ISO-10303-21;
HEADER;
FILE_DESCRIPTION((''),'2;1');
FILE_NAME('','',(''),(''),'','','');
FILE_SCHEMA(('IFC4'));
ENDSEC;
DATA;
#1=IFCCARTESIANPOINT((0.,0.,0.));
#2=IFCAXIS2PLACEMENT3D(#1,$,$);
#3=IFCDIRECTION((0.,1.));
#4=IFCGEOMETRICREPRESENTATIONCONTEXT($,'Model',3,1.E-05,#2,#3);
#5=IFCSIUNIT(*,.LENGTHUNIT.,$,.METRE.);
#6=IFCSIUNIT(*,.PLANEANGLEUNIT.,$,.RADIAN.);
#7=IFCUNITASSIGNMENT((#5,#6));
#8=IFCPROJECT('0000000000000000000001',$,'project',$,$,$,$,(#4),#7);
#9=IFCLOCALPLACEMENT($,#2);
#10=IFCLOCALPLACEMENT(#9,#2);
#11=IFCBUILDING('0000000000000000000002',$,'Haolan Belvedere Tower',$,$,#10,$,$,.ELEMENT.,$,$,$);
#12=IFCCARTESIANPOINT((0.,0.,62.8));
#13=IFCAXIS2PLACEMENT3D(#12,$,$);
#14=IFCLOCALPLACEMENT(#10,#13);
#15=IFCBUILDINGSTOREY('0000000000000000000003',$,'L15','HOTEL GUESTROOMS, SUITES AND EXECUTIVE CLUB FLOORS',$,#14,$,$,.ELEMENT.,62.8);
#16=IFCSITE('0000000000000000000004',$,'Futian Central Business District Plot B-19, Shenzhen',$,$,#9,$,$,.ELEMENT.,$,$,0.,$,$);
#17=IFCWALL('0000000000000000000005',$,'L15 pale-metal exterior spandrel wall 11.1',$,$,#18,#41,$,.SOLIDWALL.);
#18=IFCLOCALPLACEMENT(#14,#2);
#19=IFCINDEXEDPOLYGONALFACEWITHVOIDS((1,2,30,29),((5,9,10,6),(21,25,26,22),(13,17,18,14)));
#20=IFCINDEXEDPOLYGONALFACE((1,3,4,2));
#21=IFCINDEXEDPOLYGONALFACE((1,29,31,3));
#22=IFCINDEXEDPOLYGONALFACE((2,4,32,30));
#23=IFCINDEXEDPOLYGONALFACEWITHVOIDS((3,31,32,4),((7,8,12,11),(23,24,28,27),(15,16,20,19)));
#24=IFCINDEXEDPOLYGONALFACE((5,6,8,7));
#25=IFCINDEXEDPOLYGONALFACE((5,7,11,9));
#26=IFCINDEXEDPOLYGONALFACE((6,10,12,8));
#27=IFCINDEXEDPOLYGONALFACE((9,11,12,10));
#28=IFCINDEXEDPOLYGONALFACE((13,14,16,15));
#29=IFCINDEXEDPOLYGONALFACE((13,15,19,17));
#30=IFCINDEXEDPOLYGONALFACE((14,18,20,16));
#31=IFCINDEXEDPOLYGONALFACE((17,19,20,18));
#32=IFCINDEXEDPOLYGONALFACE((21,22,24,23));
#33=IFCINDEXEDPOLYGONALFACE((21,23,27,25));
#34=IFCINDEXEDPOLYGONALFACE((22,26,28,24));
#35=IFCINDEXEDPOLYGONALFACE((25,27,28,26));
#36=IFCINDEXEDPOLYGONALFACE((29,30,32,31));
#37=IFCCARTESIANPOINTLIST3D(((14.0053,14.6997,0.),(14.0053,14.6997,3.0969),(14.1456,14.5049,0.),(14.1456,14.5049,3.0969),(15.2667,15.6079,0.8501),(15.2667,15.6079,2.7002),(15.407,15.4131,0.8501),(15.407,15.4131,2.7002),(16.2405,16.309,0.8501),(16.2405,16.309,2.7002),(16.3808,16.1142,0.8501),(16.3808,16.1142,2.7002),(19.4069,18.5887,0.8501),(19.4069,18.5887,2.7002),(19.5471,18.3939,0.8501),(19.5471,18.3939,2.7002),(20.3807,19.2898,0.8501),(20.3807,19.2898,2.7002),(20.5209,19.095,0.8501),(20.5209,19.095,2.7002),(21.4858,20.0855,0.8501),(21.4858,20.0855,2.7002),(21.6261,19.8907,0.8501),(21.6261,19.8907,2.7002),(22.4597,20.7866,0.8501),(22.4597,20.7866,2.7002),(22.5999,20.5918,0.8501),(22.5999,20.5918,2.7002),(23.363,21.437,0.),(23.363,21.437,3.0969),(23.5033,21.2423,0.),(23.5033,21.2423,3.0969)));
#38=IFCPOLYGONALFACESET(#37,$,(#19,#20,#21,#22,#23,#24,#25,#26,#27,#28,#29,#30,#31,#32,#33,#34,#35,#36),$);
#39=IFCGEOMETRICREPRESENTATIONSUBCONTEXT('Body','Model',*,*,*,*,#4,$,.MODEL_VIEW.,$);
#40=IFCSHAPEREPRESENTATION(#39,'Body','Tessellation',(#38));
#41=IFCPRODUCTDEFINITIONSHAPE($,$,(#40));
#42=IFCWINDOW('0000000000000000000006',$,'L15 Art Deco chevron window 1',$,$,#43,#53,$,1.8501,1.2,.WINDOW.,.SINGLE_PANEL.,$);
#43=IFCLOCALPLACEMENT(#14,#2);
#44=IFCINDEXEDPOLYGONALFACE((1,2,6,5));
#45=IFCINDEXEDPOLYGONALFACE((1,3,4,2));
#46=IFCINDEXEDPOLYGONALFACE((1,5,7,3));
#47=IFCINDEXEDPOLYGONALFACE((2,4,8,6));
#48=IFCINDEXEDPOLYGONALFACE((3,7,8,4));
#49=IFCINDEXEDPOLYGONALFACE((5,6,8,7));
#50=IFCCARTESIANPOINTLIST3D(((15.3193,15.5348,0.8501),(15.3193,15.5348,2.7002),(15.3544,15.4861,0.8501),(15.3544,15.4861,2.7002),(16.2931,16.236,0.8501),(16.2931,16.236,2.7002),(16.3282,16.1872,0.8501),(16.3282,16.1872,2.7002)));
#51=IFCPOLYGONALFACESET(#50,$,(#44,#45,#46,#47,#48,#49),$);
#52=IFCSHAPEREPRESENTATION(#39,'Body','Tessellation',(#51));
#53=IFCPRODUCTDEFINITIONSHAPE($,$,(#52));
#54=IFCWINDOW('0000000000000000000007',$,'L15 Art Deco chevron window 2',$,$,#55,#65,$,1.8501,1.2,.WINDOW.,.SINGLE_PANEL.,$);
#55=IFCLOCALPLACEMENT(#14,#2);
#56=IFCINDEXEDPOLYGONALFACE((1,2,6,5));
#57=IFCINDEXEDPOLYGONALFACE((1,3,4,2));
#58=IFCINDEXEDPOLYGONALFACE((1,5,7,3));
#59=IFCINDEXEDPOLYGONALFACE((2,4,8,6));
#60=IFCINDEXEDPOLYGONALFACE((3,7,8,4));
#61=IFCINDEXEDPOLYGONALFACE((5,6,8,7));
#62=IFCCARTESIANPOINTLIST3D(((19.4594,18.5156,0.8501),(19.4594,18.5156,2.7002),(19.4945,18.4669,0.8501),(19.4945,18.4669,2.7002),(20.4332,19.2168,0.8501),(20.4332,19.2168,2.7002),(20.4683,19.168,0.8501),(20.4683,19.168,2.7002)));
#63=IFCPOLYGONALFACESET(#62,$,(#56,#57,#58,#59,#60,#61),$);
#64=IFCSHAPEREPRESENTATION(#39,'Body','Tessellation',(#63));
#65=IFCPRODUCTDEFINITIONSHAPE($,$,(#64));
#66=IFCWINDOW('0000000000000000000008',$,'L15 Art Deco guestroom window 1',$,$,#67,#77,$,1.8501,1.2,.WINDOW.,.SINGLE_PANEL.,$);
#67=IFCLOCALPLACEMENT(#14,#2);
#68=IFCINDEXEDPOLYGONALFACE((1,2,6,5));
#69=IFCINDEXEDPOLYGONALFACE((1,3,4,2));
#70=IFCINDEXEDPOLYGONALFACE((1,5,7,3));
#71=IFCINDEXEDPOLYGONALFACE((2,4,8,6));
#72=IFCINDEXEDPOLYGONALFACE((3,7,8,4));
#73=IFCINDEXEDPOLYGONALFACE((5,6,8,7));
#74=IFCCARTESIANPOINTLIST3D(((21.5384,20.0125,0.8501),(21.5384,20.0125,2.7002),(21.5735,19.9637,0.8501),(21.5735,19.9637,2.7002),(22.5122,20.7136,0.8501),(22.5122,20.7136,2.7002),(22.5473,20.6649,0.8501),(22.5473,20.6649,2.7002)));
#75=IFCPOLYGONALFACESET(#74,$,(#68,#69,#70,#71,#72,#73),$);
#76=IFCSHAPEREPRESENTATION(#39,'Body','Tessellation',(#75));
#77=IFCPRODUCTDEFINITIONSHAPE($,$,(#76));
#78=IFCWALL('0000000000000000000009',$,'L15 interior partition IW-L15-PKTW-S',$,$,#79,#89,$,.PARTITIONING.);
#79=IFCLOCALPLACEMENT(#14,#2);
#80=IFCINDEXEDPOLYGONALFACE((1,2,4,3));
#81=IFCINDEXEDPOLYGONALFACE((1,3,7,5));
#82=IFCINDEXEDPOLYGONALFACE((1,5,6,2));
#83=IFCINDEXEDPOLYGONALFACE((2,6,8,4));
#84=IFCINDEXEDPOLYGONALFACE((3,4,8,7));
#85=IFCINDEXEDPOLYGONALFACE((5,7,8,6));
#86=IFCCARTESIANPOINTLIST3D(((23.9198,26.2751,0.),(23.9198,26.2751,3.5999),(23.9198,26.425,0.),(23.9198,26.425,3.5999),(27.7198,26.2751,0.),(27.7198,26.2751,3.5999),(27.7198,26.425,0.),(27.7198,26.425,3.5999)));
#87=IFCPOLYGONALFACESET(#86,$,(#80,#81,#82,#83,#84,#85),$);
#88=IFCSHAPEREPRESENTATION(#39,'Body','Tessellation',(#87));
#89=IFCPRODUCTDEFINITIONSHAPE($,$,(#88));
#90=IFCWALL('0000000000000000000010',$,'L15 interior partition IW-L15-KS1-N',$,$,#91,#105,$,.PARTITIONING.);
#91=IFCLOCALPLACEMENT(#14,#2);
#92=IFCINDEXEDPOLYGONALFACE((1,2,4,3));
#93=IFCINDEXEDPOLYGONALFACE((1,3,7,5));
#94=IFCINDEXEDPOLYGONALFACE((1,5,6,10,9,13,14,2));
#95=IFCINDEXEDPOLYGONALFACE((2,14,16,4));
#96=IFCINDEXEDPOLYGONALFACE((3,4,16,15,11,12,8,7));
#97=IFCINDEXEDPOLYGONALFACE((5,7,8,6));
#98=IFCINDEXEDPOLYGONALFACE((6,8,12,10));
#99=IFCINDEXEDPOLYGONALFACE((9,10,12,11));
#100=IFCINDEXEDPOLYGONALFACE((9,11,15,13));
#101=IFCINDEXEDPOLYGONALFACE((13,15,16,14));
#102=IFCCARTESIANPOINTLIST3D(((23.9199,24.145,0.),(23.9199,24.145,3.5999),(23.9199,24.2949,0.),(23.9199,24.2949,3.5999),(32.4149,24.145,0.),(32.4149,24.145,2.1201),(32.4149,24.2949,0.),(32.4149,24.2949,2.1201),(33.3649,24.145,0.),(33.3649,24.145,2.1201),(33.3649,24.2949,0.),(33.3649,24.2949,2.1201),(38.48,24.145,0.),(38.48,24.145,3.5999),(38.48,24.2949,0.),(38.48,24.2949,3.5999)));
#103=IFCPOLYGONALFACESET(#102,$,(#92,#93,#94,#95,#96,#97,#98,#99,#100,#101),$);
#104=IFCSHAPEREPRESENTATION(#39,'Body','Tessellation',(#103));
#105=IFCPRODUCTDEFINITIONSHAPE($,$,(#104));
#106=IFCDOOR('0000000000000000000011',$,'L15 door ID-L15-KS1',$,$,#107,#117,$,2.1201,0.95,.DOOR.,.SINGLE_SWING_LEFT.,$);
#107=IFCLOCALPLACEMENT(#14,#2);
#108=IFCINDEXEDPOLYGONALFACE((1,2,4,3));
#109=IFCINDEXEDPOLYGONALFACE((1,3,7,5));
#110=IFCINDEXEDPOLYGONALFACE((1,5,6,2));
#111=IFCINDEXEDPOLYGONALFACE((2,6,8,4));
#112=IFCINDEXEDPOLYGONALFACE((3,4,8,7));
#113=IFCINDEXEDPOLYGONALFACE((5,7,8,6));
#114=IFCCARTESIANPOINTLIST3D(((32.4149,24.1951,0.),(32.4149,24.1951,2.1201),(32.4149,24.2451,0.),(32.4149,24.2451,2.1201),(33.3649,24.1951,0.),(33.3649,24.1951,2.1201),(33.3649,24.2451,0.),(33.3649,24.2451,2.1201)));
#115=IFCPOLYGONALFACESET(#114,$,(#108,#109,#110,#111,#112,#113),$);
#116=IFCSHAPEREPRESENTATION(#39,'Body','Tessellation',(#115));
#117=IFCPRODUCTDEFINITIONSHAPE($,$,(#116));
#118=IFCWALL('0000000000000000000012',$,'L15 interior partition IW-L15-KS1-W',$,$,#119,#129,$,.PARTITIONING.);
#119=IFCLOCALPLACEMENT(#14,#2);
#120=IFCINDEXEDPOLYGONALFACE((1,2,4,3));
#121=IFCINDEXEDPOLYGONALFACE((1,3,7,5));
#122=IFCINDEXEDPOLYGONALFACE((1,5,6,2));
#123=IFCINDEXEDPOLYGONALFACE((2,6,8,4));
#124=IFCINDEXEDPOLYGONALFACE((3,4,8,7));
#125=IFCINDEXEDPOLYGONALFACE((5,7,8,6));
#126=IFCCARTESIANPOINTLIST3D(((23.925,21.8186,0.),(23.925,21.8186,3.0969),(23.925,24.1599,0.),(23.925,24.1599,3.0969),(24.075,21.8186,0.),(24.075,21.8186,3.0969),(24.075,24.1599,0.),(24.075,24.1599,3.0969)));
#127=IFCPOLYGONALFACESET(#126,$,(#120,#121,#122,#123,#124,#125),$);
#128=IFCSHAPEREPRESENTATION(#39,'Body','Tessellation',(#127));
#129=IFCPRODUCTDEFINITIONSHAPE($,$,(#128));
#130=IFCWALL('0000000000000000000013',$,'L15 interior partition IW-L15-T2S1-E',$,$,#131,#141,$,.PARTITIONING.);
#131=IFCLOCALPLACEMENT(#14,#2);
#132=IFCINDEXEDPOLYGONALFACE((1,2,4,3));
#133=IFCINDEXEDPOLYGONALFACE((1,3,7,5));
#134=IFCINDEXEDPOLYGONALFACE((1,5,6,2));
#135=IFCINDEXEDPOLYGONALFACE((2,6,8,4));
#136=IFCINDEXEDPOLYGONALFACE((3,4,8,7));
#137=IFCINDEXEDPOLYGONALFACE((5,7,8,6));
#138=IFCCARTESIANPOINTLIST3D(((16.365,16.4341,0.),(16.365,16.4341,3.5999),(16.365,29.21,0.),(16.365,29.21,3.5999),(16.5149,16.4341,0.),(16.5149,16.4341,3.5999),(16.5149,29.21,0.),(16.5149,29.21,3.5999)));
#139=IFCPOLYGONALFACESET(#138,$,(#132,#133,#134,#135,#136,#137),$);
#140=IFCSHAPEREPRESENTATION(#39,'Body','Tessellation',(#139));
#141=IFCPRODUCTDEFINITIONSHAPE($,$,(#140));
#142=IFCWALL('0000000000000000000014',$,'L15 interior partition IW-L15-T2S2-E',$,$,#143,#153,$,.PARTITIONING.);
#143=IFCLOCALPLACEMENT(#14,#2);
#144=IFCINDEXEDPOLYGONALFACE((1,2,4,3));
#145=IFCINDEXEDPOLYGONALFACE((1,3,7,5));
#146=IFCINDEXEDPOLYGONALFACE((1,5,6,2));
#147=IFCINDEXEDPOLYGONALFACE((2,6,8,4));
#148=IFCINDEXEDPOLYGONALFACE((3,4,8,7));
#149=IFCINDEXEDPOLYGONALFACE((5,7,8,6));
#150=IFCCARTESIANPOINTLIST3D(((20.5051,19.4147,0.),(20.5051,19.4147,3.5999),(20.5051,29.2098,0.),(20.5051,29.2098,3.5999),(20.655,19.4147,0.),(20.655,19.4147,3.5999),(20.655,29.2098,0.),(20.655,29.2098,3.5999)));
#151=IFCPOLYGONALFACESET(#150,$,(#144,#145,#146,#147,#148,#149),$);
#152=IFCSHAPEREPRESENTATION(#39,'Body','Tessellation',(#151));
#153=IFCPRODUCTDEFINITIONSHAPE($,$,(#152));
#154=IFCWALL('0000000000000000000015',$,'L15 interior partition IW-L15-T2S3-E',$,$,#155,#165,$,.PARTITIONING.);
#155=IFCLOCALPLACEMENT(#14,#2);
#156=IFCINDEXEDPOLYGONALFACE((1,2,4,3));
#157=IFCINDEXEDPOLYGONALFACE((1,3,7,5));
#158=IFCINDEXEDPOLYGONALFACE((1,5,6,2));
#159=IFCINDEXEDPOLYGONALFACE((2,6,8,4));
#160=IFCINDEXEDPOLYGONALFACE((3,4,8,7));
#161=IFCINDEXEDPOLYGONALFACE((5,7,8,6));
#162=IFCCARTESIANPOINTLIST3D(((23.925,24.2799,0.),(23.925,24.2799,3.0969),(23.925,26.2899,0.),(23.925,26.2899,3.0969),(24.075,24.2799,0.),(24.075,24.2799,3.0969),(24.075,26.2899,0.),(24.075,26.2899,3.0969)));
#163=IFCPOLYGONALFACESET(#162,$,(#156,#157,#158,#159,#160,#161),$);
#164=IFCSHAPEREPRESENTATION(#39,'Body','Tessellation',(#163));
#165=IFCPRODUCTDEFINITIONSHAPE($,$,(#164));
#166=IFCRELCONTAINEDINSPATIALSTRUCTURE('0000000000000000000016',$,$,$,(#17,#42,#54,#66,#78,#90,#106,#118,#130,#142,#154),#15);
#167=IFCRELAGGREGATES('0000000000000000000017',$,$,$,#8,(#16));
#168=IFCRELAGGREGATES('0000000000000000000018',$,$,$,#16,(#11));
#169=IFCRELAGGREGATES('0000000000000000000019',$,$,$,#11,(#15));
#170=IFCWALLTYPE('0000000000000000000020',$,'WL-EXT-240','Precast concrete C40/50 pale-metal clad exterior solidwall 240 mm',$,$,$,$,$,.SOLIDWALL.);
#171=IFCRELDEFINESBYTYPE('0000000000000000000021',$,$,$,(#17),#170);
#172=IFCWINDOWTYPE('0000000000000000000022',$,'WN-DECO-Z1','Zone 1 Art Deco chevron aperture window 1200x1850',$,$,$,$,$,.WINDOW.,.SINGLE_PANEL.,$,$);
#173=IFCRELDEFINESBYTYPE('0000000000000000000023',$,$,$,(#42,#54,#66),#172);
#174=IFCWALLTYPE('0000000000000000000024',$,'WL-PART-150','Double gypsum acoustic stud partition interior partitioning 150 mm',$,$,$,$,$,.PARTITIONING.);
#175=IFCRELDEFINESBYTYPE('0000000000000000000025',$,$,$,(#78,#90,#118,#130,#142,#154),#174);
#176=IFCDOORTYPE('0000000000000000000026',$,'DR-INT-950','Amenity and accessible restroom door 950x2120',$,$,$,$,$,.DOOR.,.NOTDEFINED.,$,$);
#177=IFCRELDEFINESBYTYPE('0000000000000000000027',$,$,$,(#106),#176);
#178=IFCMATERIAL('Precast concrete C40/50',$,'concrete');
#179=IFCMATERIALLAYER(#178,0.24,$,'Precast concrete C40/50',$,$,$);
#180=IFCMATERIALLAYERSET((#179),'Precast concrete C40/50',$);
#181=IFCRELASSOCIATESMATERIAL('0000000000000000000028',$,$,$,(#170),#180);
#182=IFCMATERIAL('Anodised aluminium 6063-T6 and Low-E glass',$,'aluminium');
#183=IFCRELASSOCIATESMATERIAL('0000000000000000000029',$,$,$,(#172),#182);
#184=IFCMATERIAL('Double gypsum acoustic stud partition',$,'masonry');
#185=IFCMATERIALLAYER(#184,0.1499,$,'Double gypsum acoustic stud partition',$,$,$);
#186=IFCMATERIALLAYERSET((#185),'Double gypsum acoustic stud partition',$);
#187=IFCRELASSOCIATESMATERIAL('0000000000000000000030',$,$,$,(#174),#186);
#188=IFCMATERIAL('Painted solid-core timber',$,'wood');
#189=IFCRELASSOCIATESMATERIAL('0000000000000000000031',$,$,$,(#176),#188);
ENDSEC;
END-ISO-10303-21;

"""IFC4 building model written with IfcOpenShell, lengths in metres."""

from ifc_helpers import new_model, si_unit, direction, frame, frame_2d, origin, place, context, subcontext, project, spatial, rectangle, extrude, material, layer, layer_set, type_object, element, fill, save


model = new_model("IFC4")

# Units and contexts
model_context = context("Model", 3, precision=1e-05, world=origin(), true_north=direction((0.0, 1.0)))
body_context = subcontext(model_context, "Body", "Model", "MODEL_VIEW")
ifc_project = project(units=[si_unit("LENGTHUNIT", "METRE"), si_unit("PLANEANGLEUNIT", "RADIAN")], contexts=[model_context])

# Site, building, storey
site_placement = place(None, origin())
site = spatial("IfcSite", under=ifc_project, at=site_placement, Name="Futian Central Business District Plot B-19, Shenzhen", CompositionType="ELEMENT", RefElevation=0.0)
building_placement = place(site_placement, origin())
building = spatial("IfcBuilding", under=site, at=building_placement, Name="Haolan Belvedere Tower", CompositionType="ELEMENT")
storey_placement = place(building_placement, frame((0.0, 0.0, 62.8)))
storey = spatial("IfcBuildingStorey", under=building, at=storey_placement, Name="L15", Description="HOTEL GUESTROOMS, SUITES AND EXECUTIVE CLUB FLOORS", CompositionType="ELEMENT", Elevation=62.8)

# Shared definitions
ifc_material_1 = material(Name="Precast concrete C40/50", Category="concrete")
ifc_layer_1 = layer(ifc_material_1, 0.24, Name="Precast concrete C40/50")
ifc_layer_set_1 = layer_set([ifc_layer_1], Name="Precast concrete C40/50")
wall_type_1 = type_object("IfcWallType", Name="WL-EXT-240", Description="Precast concrete C40/50 pale-metal clad exterior solidwall 240 mm", PredefinedType="SOLIDWALL", material=ifc_layer_set_1)

# Wall, openings, windows
wall_1_placement = place(storey_placement, frame((14.0754, 14.6023, 0.0), z_axis=(0.0, 0.0, 1.0), x_axis=(0.811543, 0.584292, 0.0)))
wall_1 = element("IfcWall", 1, at=wall_1_placement, inside=storey, type_object=wall_type_1, Name="L15 pale-metal exterior spandrel wall 11.1", PredefinedType="SOLIDWALL", context=body_context, shape_type="SweptSolid", body=[
    extrude(rectangle(XDim=11.5308, YDim=0.24, at=frame_2d((5.7654, 0.0))), origin(), (0.0, 0.0, 1.0), 3.0969),
])
opening_1_placement = place(wall_1_placement, frame((1.5542, 0.0, 0.8501)))
opening_1 = element("IfcOpeningElement", 2, at=opening_1_placement, cuts=wall_1, PredefinedType="OPENING", context=body_context, shape_type="SweptSolid", body=[
    extrude(rectangle(XDim=1.2, YDim=1.8501, at=frame_2d((0.6001, 0.925))), frame((0.0, 0.1299, 0.0), z_axis=(0.0, -1.0, 0.0), x_axis=(1.0, 0.0, 0.0)), (0.0, 0.0, 1.0), 0.26),
])
opening_2_placement = place(wall_1_placement, frame((6.6558, 0.0, 0.8501)))
opening_2 = element("IfcOpeningElement", 3, at=opening_2_placement, cuts=wall_1, PredefinedType="OPENING", context=body_context, shape_type="SweptSolid", body=[
    extrude(rectangle(XDim=1.2, YDim=1.8501, at=frame_2d((0.6001, 0.925))), frame((0.0, 0.1299, 0.0), z_axis=(0.0, -1.0, 0.0), x_axis=(1.0, 0.0, 0.0)), (0.0, 0.0, 1.0), 0.26),
])
opening_3_placement = place(wall_1_placement, frame((9.2175, 0.0, 0.8501)))
opening_3 = element("IfcOpeningElement", 4, at=opening_3_placement, cuts=wall_1, PredefinedType="OPENING", context=body_context, shape_type="SweptSolid", body=[
    extrude(rectangle(XDim=1.2, YDim=1.8501, at=frame_2d((0.6001, 0.925))), frame((0.0, 0.1299, 0.0), z_axis=(0.0, -1.0, 0.0), x_axis=(1.0, 0.0, 0.0)), (0.0, 0.0, 1.0), 0.26),
])
ifc_material_2 = material(Name="Anodised aluminium 6063-T6 and Low-E glass", Category="aluminium")
window_type = type_object("IfcWindowType", Name="WN-DECO-Z1", Description="Zone 1 Art Deco chevron aperture window 1200x1850", PartitioningType="SINGLE_PANEL", PredefinedType="WINDOW", material=ifc_material_2)
window_1_placement = place(opening_1_placement, origin())
window_1 = element("IfcWindow", 5, at=window_1_placement, inside=storey, type_object=window_type, Name="L15 Art Deco chevron window 1", OverallHeight=1.8501, OverallWidth=1.2, PartitioningType="SINGLE_PANEL", PredefinedType="WINDOW", context=body_context, shape_type="SweptSolid", body=[
    extrude(rectangle(XDim=1.2, YDim=1.8501, at=frame_2d((0.6001, 0.925))), frame((0.0, 0.03, 0.0), z_axis=(0.0, -1.0, 0.0), x_axis=(1.0, 0.0, 0.0)), (0.0, 0.0, 1.0), 0.0601),
])
fill(opening_1, window_1)
window_2_placement = place(opening_2_placement, origin())
window_2 = element("IfcWindow", 6, at=window_2_placement, inside=storey, type_object=window_type, Name="L15 Art Deco chevron window 2", OverallHeight=1.8501, OverallWidth=1.2, PartitioningType="SINGLE_PANEL", PredefinedType="WINDOW", context=body_context, shape_type="SweptSolid", body=[
    extrude(rectangle(XDim=1.2, YDim=1.8501, at=frame_2d((0.6001, 0.925))), frame((0.0, 0.03, 0.0), z_axis=(0.0, -1.0, 0.0), x_axis=(1.0, 0.0, 0.0)), (0.0, 0.0, 1.0), 0.0601),
])
fill(opening_2, window_2)
window_3_placement = place(opening_3_placement, origin())
window_3 = element("IfcWindow", 7, at=window_3_placement, inside=storey, type_object=window_type, Name="L15 Art Deco guestroom window 1", OverallHeight=1.8501, OverallWidth=1.2, PartitioningType="SINGLE_PANEL", PredefinedType="WINDOW", context=body_context, shape_type="SweptSolid", body=[
    extrude(rectangle(XDim=1.2, YDim=1.8501, at=frame_2d((0.6001, 0.925))), frame((0.0, 0.03, 0.0), z_axis=(0.0, -1.0, 0.0), x_axis=(1.0, 0.0, 0.0)), (0.0, 0.0, 1.0), 0.0601),
])
fill(opening_3, window_3)

# Wall
ifc_material_3 = material(Name="Double gypsum acoustic stud partition", Category="masonry")
ifc_layer_2 = layer(ifc_material_3, 0.1499, Name="Double gypsum acoustic stud partition")
ifc_layer_set_2 = layer_set([ifc_layer_2], Name="Double gypsum acoustic stud partition")
wall_type_2 = type_object("IfcWallType", Name="WL-PART-150", Description="Double gypsum acoustic stud partition interior partitioning 150 mm", PredefinedType="PARTITIONING", material=ifc_layer_set_2)
wall_2_placement = place(storey_placement, frame((23.9199, 26.3501, 0.0), z_axis=(0.0, 0.0, 1.0), x_axis=(1.0, 0.0, 0.0)))
element("IfcWall", 8, at=wall_2_placement, inside=storey, type_object=wall_type_2, Name="L15 interior partition IW-L15-PKTW-S", PredefinedType="PARTITIONING", context=body_context, shape_type="SweptSolid", body=[
    extrude(rectangle(XDim=3.8, YDim=0.1499, at=frame_2d((1.8999, 0.0))), origin(), (0.0, 0.0, 1.0), 3.5999),
])

# Wall, opening, door
wall_3_placement = place(storey_placement, frame((23.9199, 24.22, 0.0), z_axis=(0.0, 0.0, 1.0), x_axis=(1.0, 0.0, 0.0)))
wall_3 = element("IfcWall", 9, at=wall_3_placement, inside=storey, type_object=wall_type_2, Name="L15 interior partition IW-L15-KS1-N", PredefinedType="PARTITIONING", context=body_context, shape_type="SweptSolid", body=[
    extrude(rectangle(XDim=14.5601, YDim=0.1499, at=frame_2d((7.28, 0.0))), origin(), (0.0, 0.0, 1.0), 3.5999),
])
opening_4_placement = place(wall_3_placement, frame((9.4451, 0.0, 0.0), z_axis=(0.0, 0.0, 1.0), x_axis=(-1.0, 0.0, 0.0)))
opening_4 = element("IfcOpeningElement", 10, at=opening_4_placement, cuts=wall_3, PredefinedType="OPENING", context=body_context, shape_type="SweptSolid", body=[
    extrude(rectangle(XDim=0.95, YDim=2.1201, at=frame_2d((0.4751, 1.0601))), frame((0.0, 0.085, 0.0), z_axis=(0.0, -1.0, 0.0), x_axis=(1.0, 0.0, 0.0)), (0.0, 0.0, 1.0), 0.1699),
])
ifc_material_4 = material(Name="Painted solid-core timber", Category="wood")
door_type_1 = type_object("IfcDoorType", Name="DR-INT-950", Description="Amenity and accessible restroom door 950x2120", OperationType="NOTDEFINED", PredefinedType="DOOR", material=ifc_material_4)
door_1_placement = place(opening_4_placement, origin())
door_1 = element("IfcDoor", 11, at=door_1_placement, inside=storey, type_object=door_type_1, Name="L15 door ID-L15-KS1", OperationType="SINGLE_SWING_LEFT", OverallHeight=2.1201, OverallWidth=0.95, PredefinedType="DOOR", context=body_context, shape_type="SweptSolid", body=[
    extrude(rectangle(XDim=0.95, YDim=2.1201, at=frame_2d((0.4751, 1.0601))), frame((0.0, 0.0249, 0.0), z_axis=(0.0, -1.0, 0.0), x_axis=(1.0, 0.0, 0.0)), (0.0, 0.0, 1.0), 0.05),
])
fill(opening_4, door_1)

# Walls
wall_4_placement = place(storey_placement, frame((24.0, 21.8186, 0.0), z_axis=(0.0, 0.0, 1.0), x_axis=(0.0, 1.0, 0.0)))
element("IfcWall", 12, at=wall_4_placement, inside=storey, type_object=wall_type_2, Name="L15 interior partition IW-L15-KS1-W", PredefinedType="PARTITIONING", context=body_context, shape_type="SweptSolid", body=[
    extrude(rectangle(XDim=2.3413, YDim=0.1499, at=frame_2d((1.1707, 0.0))), origin(), (0.0, 0.0, 1.0), 3.0969),
])
wall_5_placement = place(storey_placement, frame((16.4399, 16.4341, 0.0), z_axis=(0.0, 0.0, 1.0), x_axis=(0.0, 1.0, 0.0)))
element("IfcWall", 13, at=wall_5_placement, inside=storey, type_object=wall_type_2, Name="L15 interior partition IW-L15-T2S1-E", PredefinedType="PARTITIONING", context=body_context, shape_type="SweptSolid", body=[
    extrude(rectangle(XDim=12.7759, YDim=0.1499, at=frame_2d((6.3879, 0.0))), origin(), (0.0, 0.0, 1.0), 3.5999),
])
wall_6_placement = place(storey_placement, frame((20.5801, 19.4148, 0.0), z_axis=(0.0, 0.0, 1.0), x_axis=(0.0, 1.0, 0.0)))
element("IfcWall", 14, at=wall_6_placement, inside=storey, type_object=wall_type_2, Name="L15 interior partition IW-L15-T2S2-E", PredefinedType="PARTITIONING", context=body_context, shape_type="SweptSolid", body=[
    extrude(rectangle(XDim=9.7952, YDim=0.1499, at=frame_2d((4.8975, 0.0))), origin(), (0.0, 0.0, 1.0), 3.5999),
])
wall_7_placement = place(storey_placement, frame((24.0, 24.28, 0.0), z_axis=(0.0, 0.0, 1.0), x_axis=(0.0, 1.0, 0.0)))
element("IfcWall", 15, at=wall_7_placement, inside=storey, type_object=wall_type_2, Name="L15 interior partition IW-L15-T2S3-E", PredefinedType="PARTITIONING", context=body_context, shape_type="SweptSolid", body=[
    extrude(rectangle(XDim=2.01, YDim=0.1499, at=frame_2d((1.0049, 0.0))), origin(), (0.0, 0.0, 1.0), 3.0969),
])

save(model, "model.ifc")
